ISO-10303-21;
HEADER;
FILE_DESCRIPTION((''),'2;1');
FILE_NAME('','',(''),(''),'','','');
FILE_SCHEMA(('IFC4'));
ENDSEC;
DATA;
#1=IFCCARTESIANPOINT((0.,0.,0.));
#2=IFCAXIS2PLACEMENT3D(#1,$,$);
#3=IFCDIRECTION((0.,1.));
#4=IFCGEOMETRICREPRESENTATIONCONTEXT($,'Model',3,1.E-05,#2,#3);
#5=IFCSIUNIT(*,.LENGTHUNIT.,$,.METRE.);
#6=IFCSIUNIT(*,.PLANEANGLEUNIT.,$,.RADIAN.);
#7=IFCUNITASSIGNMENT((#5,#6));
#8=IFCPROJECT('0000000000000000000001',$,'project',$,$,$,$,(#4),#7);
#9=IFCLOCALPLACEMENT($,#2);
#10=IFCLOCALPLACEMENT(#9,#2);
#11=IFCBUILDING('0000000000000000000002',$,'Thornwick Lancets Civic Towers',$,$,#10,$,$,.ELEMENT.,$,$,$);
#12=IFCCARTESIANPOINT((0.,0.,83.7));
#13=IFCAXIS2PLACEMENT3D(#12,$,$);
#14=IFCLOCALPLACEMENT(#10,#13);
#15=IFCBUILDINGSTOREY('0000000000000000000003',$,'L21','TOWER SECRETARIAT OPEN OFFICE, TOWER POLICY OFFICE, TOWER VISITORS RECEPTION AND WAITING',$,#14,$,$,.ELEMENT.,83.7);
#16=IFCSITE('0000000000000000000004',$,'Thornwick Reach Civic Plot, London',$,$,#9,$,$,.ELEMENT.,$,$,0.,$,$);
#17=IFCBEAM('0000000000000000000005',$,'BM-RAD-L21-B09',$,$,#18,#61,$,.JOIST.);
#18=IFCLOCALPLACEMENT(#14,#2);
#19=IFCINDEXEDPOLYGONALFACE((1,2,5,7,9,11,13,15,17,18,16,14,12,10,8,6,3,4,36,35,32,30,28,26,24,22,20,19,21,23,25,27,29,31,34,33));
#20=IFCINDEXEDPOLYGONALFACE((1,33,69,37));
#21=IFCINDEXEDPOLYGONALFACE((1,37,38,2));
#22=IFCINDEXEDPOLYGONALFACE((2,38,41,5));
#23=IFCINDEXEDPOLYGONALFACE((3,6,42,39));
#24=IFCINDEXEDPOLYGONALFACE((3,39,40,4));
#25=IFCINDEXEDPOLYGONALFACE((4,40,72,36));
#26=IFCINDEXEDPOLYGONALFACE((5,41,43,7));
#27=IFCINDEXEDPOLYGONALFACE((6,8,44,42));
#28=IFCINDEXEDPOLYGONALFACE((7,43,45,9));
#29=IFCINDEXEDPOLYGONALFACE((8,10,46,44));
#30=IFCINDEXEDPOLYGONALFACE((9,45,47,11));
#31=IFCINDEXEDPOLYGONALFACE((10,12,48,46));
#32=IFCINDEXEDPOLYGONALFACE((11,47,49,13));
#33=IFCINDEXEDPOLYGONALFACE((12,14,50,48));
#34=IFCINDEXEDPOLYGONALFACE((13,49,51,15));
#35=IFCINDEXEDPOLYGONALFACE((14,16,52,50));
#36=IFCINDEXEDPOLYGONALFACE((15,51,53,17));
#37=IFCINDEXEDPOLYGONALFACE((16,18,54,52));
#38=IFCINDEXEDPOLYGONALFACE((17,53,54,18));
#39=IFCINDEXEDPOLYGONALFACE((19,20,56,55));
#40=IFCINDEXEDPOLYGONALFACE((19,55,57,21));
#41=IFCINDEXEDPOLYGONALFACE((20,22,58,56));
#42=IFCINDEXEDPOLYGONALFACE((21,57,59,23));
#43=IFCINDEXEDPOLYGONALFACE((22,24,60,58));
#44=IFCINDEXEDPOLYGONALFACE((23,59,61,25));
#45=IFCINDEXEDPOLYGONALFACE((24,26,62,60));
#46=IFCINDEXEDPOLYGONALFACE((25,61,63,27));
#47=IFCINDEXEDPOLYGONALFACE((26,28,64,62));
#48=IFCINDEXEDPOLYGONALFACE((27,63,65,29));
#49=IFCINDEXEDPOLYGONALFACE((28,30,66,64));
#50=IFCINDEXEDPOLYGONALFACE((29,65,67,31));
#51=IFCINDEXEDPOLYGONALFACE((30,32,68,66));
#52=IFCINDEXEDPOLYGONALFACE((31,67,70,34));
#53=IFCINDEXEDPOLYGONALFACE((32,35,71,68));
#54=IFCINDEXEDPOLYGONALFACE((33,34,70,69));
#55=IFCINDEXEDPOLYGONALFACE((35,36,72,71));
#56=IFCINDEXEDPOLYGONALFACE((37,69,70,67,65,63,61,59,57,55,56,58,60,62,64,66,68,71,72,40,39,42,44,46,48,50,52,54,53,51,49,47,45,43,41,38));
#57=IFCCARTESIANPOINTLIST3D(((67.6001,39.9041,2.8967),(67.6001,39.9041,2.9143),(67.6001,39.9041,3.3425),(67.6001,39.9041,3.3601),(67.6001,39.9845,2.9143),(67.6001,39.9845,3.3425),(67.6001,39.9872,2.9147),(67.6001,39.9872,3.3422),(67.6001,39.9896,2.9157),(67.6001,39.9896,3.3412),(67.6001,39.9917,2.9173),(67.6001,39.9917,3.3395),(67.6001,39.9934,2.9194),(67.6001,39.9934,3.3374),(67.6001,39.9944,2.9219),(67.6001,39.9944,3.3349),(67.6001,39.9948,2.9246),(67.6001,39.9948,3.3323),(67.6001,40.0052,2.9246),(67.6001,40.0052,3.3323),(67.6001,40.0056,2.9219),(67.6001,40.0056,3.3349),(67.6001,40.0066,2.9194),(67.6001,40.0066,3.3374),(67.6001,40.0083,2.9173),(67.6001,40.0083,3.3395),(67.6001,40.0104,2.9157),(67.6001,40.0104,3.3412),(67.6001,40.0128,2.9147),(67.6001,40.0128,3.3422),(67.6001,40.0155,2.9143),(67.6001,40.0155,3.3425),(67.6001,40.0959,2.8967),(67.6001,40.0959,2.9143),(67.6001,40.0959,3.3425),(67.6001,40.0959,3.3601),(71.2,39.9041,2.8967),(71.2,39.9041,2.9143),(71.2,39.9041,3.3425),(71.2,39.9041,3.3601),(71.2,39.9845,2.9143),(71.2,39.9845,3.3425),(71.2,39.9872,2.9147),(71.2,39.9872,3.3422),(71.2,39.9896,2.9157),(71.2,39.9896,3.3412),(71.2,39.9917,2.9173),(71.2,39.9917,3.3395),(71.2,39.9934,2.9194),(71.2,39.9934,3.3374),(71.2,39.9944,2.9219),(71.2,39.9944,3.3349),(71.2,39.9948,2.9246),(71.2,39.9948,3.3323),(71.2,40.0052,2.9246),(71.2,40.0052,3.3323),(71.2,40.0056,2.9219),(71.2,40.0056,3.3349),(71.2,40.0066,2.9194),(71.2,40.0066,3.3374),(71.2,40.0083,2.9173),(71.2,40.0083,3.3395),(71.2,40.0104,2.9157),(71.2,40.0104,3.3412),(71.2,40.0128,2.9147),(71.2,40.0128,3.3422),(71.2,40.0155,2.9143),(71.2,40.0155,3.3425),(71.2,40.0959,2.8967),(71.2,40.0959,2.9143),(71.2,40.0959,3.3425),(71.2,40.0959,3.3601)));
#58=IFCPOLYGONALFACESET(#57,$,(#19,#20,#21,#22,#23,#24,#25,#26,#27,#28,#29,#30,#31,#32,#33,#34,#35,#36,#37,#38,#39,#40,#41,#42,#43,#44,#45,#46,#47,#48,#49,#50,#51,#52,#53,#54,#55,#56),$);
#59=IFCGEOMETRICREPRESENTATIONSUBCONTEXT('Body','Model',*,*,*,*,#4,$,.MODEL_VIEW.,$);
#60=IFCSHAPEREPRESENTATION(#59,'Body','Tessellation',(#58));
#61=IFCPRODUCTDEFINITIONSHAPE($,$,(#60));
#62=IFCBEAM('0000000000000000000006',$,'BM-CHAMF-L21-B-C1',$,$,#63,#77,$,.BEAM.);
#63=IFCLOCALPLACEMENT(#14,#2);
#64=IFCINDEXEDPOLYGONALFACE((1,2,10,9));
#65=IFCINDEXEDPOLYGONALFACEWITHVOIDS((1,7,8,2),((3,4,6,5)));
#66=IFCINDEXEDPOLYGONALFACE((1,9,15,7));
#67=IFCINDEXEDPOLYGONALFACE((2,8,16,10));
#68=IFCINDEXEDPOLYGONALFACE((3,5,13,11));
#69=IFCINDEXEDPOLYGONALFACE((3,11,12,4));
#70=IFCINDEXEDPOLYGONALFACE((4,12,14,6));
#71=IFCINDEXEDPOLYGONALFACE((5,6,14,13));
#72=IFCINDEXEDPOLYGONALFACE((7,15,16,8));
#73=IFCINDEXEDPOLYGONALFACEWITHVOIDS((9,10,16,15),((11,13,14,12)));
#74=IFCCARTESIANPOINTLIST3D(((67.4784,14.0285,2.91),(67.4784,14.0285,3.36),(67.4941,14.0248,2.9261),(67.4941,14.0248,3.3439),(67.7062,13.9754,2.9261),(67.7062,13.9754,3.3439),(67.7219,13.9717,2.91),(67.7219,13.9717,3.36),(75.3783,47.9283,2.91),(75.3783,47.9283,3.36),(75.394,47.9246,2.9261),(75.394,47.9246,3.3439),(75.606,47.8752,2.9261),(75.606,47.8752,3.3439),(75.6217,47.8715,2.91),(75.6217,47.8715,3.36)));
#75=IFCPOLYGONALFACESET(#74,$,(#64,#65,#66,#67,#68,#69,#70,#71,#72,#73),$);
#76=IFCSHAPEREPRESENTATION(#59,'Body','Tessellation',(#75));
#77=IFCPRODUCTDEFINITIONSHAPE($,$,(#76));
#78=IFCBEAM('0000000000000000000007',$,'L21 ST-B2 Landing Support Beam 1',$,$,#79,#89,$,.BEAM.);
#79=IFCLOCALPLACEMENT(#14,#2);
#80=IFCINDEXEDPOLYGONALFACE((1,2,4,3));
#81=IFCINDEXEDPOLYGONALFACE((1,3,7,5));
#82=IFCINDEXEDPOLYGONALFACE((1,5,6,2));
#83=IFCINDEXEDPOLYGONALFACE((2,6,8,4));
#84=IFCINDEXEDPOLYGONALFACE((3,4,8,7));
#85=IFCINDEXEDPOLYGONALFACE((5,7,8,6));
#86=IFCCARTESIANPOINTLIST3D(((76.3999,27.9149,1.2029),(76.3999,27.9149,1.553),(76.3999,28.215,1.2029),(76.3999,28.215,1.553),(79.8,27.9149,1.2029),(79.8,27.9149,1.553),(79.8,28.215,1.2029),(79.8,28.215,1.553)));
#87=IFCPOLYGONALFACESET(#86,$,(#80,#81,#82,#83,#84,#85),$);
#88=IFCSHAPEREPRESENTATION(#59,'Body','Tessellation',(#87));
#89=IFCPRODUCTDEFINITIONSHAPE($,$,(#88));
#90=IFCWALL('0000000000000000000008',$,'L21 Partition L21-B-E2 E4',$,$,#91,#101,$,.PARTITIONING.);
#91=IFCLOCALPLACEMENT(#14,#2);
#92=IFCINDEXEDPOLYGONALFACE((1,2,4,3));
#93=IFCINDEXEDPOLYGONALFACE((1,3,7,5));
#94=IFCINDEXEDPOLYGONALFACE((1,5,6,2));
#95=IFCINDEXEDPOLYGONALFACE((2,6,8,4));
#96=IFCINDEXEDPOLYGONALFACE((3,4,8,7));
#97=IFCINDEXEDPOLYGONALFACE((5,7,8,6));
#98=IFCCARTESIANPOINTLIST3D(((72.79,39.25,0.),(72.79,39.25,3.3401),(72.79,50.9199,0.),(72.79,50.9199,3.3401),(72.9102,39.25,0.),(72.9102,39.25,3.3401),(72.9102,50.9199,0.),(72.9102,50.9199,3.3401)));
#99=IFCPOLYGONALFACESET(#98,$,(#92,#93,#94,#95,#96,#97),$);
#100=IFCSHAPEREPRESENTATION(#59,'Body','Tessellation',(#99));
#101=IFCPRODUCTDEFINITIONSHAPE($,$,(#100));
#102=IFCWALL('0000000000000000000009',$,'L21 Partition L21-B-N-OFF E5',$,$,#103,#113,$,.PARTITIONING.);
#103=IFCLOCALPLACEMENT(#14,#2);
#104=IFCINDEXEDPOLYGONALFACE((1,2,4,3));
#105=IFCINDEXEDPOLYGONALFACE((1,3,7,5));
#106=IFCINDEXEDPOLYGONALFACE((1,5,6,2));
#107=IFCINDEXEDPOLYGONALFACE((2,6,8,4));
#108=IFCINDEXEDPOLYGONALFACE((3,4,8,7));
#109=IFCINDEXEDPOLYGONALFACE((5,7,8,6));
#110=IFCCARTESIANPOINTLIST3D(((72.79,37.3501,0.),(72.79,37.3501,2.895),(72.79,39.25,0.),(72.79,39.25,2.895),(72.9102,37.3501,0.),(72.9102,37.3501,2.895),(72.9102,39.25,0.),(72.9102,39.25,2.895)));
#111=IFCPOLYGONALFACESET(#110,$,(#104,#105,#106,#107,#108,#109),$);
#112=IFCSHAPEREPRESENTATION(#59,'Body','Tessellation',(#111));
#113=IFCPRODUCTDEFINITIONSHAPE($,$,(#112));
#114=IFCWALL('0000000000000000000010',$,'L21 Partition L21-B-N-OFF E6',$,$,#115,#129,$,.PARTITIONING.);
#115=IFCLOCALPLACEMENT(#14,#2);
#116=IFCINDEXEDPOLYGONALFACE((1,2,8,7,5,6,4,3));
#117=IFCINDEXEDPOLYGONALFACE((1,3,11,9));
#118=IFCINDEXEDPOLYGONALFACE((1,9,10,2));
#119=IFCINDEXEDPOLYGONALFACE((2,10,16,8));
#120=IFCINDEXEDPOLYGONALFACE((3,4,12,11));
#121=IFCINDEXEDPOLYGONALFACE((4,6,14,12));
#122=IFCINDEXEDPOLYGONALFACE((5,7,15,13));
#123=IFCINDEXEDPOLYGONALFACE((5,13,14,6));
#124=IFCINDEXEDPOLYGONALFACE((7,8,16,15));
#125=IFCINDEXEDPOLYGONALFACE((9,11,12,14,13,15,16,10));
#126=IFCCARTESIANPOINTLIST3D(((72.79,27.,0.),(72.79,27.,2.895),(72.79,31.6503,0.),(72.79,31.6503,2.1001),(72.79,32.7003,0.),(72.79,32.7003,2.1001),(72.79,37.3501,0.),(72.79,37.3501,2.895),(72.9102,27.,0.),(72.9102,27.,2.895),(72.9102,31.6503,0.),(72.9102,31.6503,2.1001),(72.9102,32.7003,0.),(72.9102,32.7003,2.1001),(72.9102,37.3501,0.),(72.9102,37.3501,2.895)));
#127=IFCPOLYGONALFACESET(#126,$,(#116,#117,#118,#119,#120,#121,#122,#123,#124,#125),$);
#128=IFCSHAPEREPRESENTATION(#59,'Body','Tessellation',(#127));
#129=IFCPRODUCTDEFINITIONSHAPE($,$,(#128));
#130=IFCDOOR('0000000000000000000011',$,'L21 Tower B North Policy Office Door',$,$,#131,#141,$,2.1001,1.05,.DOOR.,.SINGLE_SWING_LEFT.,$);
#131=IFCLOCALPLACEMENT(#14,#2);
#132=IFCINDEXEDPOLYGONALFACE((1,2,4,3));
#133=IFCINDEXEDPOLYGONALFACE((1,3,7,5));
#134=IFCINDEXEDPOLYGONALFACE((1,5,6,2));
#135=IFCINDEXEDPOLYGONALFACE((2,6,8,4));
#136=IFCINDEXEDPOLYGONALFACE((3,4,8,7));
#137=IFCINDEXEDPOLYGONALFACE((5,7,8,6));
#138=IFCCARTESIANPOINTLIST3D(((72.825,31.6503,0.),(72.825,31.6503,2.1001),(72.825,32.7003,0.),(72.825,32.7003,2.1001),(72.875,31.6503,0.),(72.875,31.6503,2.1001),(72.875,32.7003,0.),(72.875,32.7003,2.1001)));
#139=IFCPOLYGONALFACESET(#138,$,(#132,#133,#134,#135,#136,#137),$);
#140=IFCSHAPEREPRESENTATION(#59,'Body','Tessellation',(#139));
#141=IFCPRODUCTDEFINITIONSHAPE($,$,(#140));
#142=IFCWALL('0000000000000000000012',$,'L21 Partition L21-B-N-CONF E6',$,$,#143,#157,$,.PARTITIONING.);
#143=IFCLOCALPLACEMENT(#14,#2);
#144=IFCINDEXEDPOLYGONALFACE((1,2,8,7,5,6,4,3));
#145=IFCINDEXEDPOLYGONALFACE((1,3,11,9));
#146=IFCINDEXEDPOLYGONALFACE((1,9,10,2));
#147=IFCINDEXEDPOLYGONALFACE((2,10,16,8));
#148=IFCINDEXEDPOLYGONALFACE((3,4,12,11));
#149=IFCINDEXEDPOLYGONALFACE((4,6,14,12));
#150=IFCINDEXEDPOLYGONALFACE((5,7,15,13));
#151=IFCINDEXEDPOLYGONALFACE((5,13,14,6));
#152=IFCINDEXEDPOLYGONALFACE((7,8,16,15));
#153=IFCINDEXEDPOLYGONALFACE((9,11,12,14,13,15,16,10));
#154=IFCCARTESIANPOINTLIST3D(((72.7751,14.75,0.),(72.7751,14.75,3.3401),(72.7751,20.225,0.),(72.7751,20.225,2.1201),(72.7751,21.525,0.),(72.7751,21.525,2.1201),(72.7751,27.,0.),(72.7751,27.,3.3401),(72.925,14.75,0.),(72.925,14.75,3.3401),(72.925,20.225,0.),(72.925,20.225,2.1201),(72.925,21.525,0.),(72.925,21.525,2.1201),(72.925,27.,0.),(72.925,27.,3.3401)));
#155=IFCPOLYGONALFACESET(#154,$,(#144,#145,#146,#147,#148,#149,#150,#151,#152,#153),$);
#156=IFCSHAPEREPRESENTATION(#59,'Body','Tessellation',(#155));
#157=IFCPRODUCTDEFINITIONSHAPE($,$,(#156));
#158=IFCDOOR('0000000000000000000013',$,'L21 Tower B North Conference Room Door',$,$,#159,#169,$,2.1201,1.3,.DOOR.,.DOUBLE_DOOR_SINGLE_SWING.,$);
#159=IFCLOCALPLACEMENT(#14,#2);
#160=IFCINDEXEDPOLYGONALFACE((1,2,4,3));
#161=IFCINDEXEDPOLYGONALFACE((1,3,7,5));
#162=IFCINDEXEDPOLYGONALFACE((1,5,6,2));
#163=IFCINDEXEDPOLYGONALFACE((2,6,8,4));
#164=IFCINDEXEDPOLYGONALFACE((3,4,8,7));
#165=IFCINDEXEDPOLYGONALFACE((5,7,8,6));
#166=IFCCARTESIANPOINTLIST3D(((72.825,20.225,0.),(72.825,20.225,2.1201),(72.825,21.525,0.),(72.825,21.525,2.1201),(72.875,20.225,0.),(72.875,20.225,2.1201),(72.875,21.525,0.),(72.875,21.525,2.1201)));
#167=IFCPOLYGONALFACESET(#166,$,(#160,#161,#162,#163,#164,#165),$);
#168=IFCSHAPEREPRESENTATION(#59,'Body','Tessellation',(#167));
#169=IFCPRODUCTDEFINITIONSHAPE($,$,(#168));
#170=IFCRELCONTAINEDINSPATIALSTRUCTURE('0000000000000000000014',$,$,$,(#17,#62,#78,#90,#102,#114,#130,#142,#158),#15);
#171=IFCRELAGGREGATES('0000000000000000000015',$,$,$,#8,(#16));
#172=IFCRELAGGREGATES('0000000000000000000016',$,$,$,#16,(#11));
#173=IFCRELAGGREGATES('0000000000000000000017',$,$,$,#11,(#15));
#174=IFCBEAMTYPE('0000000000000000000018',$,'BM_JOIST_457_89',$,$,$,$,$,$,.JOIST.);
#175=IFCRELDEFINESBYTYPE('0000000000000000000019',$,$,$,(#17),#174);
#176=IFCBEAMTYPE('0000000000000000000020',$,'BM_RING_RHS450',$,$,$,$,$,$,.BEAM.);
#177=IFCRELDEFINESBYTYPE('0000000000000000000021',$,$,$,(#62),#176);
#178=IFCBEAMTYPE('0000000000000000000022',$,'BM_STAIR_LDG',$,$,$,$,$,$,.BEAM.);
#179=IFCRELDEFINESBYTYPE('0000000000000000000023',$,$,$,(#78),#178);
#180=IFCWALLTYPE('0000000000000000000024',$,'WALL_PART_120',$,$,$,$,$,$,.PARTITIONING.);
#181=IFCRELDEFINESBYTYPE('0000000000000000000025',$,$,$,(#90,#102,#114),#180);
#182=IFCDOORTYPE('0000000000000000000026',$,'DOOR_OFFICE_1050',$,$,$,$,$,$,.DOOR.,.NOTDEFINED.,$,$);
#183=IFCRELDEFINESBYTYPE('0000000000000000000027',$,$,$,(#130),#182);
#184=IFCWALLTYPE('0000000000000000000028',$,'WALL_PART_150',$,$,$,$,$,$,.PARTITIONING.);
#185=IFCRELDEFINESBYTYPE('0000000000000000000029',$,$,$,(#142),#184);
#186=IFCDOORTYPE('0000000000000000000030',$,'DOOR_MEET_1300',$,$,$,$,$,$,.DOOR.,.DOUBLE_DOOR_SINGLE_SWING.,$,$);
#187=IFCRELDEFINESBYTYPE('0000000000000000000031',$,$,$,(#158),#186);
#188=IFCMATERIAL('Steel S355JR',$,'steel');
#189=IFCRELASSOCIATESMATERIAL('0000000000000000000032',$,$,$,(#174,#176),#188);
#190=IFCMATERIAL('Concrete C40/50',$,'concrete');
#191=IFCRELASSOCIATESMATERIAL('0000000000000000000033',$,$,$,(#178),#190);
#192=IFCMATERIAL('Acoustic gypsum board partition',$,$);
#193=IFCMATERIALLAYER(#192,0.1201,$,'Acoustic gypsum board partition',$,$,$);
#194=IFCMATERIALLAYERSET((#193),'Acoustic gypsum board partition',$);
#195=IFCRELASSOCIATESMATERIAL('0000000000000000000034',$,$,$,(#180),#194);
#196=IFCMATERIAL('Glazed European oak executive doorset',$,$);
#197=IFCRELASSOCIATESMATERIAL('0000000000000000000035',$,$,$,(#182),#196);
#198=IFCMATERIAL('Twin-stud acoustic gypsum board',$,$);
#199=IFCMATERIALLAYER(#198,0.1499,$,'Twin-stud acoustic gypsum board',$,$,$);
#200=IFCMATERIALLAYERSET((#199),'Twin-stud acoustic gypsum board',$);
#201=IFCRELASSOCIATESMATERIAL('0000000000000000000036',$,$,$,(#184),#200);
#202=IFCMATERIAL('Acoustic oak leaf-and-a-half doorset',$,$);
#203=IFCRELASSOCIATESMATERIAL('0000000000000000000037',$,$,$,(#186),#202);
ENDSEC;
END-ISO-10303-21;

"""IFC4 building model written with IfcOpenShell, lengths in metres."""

from ifc_helpers import new_model, si_unit, direction, frame, frame_2d, origin, origin_2d, place, context, subcontext, project, spatial, rectangle, hollow_rectangle, i_section, extrude, material, layer, layer_set, material_profile, profile_set, type_object, element, fill, save


model = new_model("IFC4")

# Units and contexts
model_context = context("Model", 3, precision=1e-05, world=origin(), true_north=direction((0.0, 1.0)))
body_context = subcontext(model_context, "Body", "Model", "MODEL_VIEW")
ifc_project = project(units=[si_unit("LENGTHUNIT", "METRE"), si_unit("PLANEANGLEUNIT", "RADIAN")], contexts=[model_context])

# Site, building, storey
site_placement = place(None, origin())
site = spatial("IfcSite", under=ifc_project, at=site_placement, Name="Thornwick Reach Civic Plot, London", CompositionType="ELEMENT", RefElevation=0.0)
building_placement = place(site_placement, origin())
building = spatial("IfcBuilding", under=site, at=building_placement, Name="Thornwick Lancets Civic Towers", CompositionType="ELEMENT")
storey_placement = place(building_placement, frame((0.0, 0.0, 83.7)))
storey = spatial("IfcBuildingStorey", under=building, at=storey_placement, Name="L21", Description="TOWER SECRETARIAT OPEN OFFICE, TOWER POLICY OFFICE, TOWER VISITORS RECEPTION AND WAITING", CompositionType="ELEMENT", Elevation=83.7)

# Beams
ifc_material_1 = material(Name="Steel S355JR", Category="steel")
ifc_material_profile_1 = material_profile(ifc_material_1, i_section(OverallWidth=0.1919, OverallDepth=0.4634, WebThickness=0.0105, FlangeThickness=0.0176, FilletRadius=0.0103, at=origin_2d()), Name="UKB 457x191x89")
ifc_profile_set_1 = profile_set([ifc_material_profile_1], Name="Steel S355JR")
beam_type_1 = type_object("IfcBeamType", Name="BM_JOIST_457_89", PredefinedType="JOIST", material=ifc_profile_set_1)
for number, where, z_axis, x_axis, name in (
    (1, (71.2, 40.0, 3.1284), (-1.0, 0.0, 0.0), (0.0, -1.0, 0.0), "BM-RAD-L21-B09"),
):
    element("IfcBeam", number, at=place(storey_placement, frame(where, z_axis=z_axis, x_axis=x_axis)), inside=storey, type_object=beam_type_1, Name=name, PredefinedType="JOIST", context=body_context, shape_type="SweptSolid", body=[
        extrude(i_section(OverallWidth=0.1919, OverallDepth=0.4634, WebThickness=0.0105, FlangeThickness=0.0176, FilletRadius=0.0103, at=origin_2d()), origin(), (0.0, 0.0, 1.0), 3.5999),
    ])
ifc_material_profile_2 = material_profile(ifc_material_1, hollow_rectangle(XDim=0.25, YDim=0.45, WallThickness=0.0161, at=origin_2d()), Name="RHS 450x250x16")
ifc_profile_set_2 = profile_set([ifc_material_profile_2], Name="Steel S355JR")
beam_type_2 = type_object("IfcBeamType", Name="BM_RING_RHS450", PredefinedType="BEAM", material=ifc_profile_set_2)
beam_1_placement = place(storey_placement, frame((75.5, 47.8999, 3.135), z_axis=(-0.226955, -0.973905, 0.0), x_axis=(0.973905, -0.226955, 0.0)))
element("IfcBeam", 2, at=beam_1_placement, inside=storey, type_object=beam_type_2, Name="BM-CHAMF-L21-B-C1", PredefinedType="BEAM", context=body_context, shape_type="SweptSolid", body=[
    extrude(hollow_rectangle(XDim=0.25, YDim=0.45, WallThickness=0.0161, at=origin_2d()), origin(), (0.0, 0.0, 1.0), 34.8081),
])
ifc_material_2 = material(Name="Concrete C40/50", Category="concrete")
ifc_material_profile_3 = material_profile(ifc_material_2, rectangle(XDim=0.3, YDim=0.3501, at=origin_2d()), Name="RC 300x350")
ifc_profile_set_3 = profile_set([ifc_material_profile_3], Name="Concrete C40/50")
beam_type_3 = type_object("IfcBeamType", Name="BM_STAIR_LDG", PredefinedType="BEAM", material=ifc_profile_set_3)
beam_2_placement = place(storey_placement, frame((76.3999, 28.0649, 1.3779), z_axis=(1.0, 0.0, 0.0), x_axis=(0.0, 1.0, 0.0)))
element("IfcBeam", 3, at=beam_2_placement, inside=storey, type_object=beam_type_3, Name="L21 ST-B2 Landing Support Beam 1", PredefinedType="BEAM", context=body_context, shape_type="SweptSolid", body=[
    extrude(rectangle(XDim=0.3, YDim=0.3501, at=origin_2d()), origin(), (0.0, 0.0, 1.0), 3.4001),
])

# Walls
ifc_material_3 = material(Name="Acoustic gypsum board partition")
ifc_layer_1 = layer(ifc_material_3, 0.1201, Name="Acoustic gypsum board partition")
ifc_layer_set_1 = layer_set([ifc_layer_1], Name="Acoustic gypsum board partition")
wall_type_1 = type_object("IfcWallType", Name="WALL_PART_120", PredefinedType="PARTITIONING", material=ifc_layer_set_1)
wall_1_placement = place(storey_placement, frame((72.8501, 39.25, 0.0), z_axis=(0.0, 0.0, 1.0), x_axis=(0.0, 1.0, 0.0)))
element("IfcWall", 4, at=wall_1_placement, inside=storey, type_object=wall_type_1, Name="L21 Partition L21-B-E2 E4", PredefinedType="PARTITIONING", context=body_context, shape_type="SweptSolid", body=[
    extrude(rectangle(XDim=11.6699, YDim=0.1201, at=frame_2d((5.835, 0.0))), origin(), (0.0, 0.0, 1.0), 3.3401),
])
wall_2_placement = place(storey_placement, frame((72.8501, 39.25, 0.0), z_axis=(0.0, 0.0, 1.0), x_axis=(0.0, -1.0, 0.0)))
element("IfcWall", 5, at=wall_2_placement, inside=storey, type_object=wall_type_1, Name="L21 Partition L21-B-N-OFF E5", PredefinedType="PARTITIONING", context=body_context, shape_type="SweptSolid", body=[
    extrude(rectangle(XDim=1.8999, YDim=0.1201, at=frame_2d((0.95, 0.0))), origin(), (0.0, 0.0, 1.0), 2.895),
])

# Walls, openings, doors
wall_3_placement = place(storey_placement, frame((72.8501, 37.3501, 0.0), z_axis=(0.0, 0.0, 1.0), x_axis=(0.0, -1.0, 0.0)))
wall_3 = element("IfcWall", 6, at=wall_3_placement, inside=storey, type_object=wall_type_1, Name="L21 Partition L21-B-N-OFF E6", PredefinedType="PARTITIONING", context=body_context, shape_type="SweptSolid", body=[
    extrude(rectangle(XDim=10.3501, YDim=0.1201, at=frame_2d((5.175, 0.0))), origin(), (0.0, 0.0, 1.0), 2.895),
])
opening_1_placement = place(wall_3_placement, frame((4.6499, 0.0, 0.0)))
opening_1 = element("IfcOpeningElement", 7, at=opening_1_placement, cuts=wall_3, PredefinedType="OPENING", context=body_context, shape_type="SweptSolid", body=[
    extrude(rectangle(XDim=1.05, YDim=2.1001, at=frame_2d((0.5249, 1.05))), frame((0.0, 0.0701, 0.0), z_axis=(0.0, -1.0, 0.0), x_axis=(1.0, 0.0, 0.0)), (0.0, 0.0, 1.0), 0.1401),
])
ifc_material_4 = material(Name="Glazed European oak executive doorset")
door_type_1 = type_object("IfcDoorType", Name="DOOR_OFFICE_1050", OperationType="NOTDEFINED", PredefinedType="DOOR", material=ifc_material_4)
door_1_placement = place(opening_1_placement, origin())
door_1 = element("IfcDoor", 8, at=door_1_placement, inside=storey, type_object=door_type_1, Name="L21 Tower B North Policy Office Door", OperationType="SINGLE_SWING_LEFT", OverallHeight=2.1001, OverallWidth=1.05, PredefinedType="DOOR", context=body_context, shape_type="SweptSolid", body=[
    extrude(rectangle(XDim=1.05, YDim=2.1001, at=frame_2d((0.5249, 1.05))), frame((0.0, 0.0249, 0.0), z_axis=(0.0, -1.0, 0.0), x_axis=(1.0, 0.0, 0.0)), (0.0, 0.0, 1.0), 0.05),
])
fill(opening_1, door_1)
ifc_material_5 = material(Name="Twin-stud acoustic gypsum board")
ifc_layer_2 = layer(ifc_material_5, 0.1499, Name="Twin-stud acoustic gypsum board")
ifc_layer_set_2 = layer_set([ifc_layer_2], Name="Twin-stud acoustic gypsum board")
wall_type_2 = type_object("IfcWallType", Name="WALL_PART_150", PredefinedType="PARTITIONING", material=ifc_layer_set_2)
wall_4_placement = place(storey_placement, frame((72.8501, 27.0, 0.0), z_axis=(0.0, 0.0, 1.0), x_axis=(0.0, -1.0, 0.0)))
wall_4 = element("IfcWall", 9, at=wall_4_placement, inside=storey, type_object=wall_type_2, Name="L21 Partition L21-B-N-CONF E6", PredefinedType="PARTITIONING", context=body_context, shape_type="SweptSolid", body=[
    extrude(rectangle(XDim=12.25, YDim=0.1499, at=frame_2d((6.125, 0.0))), origin(), (0.0, 0.0, 1.0), 3.3401),
])
opening_2_placement = place(wall_4_placement, frame((5.4751, 0.0, 0.0)))
opening_2 = element("IfcOpeningElement", 10, at=opening_2_placement, cuts=wall_4, PredefinedType="OPENING", context=body_context, shape_type="SweptSolid", body=[
    extrude(rectangle(XDim=1.3, YDim=2.1201, at=frame_2d((0.6499, 1.0601))), frame((0.0, 0.085, 0.0), z_axis=(0.0, -1.0, 0.0), x_axis=(1.0, 0.0, 0.0)), (0.0, 0.0, 1.0), 0.1699),
])
ifc_material_6 = material(Name="Acoustic oak leaf-and-a-half doorset")
door_type_2 = type_object("IfcDoorType", Name="DOOR_MEET_1300", OperationType="DOUBLE_DOOR_SINGLE_SWING", PredefinedType="DOOR", material=ifc_material_6)
door_2_placement = place(opening_2_placement, origin())
door_2 = element("IfcDoor", 11, at=door_2_placement, inside=storey, type_object=door_type_2, Name="L21 Tower B North Conference Room Door", OperationType="DOUBLE_DOOR_SINGLE_SWING", OverallHeight=2.1201, OverallWidth=1.3, PredefinedType="DOOR", context=body_context, shape_type="SweptSolid", body=[
    extrude(rectangle(XDim=1.3, YDim=2.1201, at=frame_2d((0.6499, 1.0601))), frame((0.0, 0.0249, 0.0), z_axis=(0.0, -1.0, 0.0), x_axis=(1.0, 0.0, 0.0)), (0.0, 0.0, 1.0), 0.05),
])
fill(opening_2, door_2)

save(model, "model.ifc")
